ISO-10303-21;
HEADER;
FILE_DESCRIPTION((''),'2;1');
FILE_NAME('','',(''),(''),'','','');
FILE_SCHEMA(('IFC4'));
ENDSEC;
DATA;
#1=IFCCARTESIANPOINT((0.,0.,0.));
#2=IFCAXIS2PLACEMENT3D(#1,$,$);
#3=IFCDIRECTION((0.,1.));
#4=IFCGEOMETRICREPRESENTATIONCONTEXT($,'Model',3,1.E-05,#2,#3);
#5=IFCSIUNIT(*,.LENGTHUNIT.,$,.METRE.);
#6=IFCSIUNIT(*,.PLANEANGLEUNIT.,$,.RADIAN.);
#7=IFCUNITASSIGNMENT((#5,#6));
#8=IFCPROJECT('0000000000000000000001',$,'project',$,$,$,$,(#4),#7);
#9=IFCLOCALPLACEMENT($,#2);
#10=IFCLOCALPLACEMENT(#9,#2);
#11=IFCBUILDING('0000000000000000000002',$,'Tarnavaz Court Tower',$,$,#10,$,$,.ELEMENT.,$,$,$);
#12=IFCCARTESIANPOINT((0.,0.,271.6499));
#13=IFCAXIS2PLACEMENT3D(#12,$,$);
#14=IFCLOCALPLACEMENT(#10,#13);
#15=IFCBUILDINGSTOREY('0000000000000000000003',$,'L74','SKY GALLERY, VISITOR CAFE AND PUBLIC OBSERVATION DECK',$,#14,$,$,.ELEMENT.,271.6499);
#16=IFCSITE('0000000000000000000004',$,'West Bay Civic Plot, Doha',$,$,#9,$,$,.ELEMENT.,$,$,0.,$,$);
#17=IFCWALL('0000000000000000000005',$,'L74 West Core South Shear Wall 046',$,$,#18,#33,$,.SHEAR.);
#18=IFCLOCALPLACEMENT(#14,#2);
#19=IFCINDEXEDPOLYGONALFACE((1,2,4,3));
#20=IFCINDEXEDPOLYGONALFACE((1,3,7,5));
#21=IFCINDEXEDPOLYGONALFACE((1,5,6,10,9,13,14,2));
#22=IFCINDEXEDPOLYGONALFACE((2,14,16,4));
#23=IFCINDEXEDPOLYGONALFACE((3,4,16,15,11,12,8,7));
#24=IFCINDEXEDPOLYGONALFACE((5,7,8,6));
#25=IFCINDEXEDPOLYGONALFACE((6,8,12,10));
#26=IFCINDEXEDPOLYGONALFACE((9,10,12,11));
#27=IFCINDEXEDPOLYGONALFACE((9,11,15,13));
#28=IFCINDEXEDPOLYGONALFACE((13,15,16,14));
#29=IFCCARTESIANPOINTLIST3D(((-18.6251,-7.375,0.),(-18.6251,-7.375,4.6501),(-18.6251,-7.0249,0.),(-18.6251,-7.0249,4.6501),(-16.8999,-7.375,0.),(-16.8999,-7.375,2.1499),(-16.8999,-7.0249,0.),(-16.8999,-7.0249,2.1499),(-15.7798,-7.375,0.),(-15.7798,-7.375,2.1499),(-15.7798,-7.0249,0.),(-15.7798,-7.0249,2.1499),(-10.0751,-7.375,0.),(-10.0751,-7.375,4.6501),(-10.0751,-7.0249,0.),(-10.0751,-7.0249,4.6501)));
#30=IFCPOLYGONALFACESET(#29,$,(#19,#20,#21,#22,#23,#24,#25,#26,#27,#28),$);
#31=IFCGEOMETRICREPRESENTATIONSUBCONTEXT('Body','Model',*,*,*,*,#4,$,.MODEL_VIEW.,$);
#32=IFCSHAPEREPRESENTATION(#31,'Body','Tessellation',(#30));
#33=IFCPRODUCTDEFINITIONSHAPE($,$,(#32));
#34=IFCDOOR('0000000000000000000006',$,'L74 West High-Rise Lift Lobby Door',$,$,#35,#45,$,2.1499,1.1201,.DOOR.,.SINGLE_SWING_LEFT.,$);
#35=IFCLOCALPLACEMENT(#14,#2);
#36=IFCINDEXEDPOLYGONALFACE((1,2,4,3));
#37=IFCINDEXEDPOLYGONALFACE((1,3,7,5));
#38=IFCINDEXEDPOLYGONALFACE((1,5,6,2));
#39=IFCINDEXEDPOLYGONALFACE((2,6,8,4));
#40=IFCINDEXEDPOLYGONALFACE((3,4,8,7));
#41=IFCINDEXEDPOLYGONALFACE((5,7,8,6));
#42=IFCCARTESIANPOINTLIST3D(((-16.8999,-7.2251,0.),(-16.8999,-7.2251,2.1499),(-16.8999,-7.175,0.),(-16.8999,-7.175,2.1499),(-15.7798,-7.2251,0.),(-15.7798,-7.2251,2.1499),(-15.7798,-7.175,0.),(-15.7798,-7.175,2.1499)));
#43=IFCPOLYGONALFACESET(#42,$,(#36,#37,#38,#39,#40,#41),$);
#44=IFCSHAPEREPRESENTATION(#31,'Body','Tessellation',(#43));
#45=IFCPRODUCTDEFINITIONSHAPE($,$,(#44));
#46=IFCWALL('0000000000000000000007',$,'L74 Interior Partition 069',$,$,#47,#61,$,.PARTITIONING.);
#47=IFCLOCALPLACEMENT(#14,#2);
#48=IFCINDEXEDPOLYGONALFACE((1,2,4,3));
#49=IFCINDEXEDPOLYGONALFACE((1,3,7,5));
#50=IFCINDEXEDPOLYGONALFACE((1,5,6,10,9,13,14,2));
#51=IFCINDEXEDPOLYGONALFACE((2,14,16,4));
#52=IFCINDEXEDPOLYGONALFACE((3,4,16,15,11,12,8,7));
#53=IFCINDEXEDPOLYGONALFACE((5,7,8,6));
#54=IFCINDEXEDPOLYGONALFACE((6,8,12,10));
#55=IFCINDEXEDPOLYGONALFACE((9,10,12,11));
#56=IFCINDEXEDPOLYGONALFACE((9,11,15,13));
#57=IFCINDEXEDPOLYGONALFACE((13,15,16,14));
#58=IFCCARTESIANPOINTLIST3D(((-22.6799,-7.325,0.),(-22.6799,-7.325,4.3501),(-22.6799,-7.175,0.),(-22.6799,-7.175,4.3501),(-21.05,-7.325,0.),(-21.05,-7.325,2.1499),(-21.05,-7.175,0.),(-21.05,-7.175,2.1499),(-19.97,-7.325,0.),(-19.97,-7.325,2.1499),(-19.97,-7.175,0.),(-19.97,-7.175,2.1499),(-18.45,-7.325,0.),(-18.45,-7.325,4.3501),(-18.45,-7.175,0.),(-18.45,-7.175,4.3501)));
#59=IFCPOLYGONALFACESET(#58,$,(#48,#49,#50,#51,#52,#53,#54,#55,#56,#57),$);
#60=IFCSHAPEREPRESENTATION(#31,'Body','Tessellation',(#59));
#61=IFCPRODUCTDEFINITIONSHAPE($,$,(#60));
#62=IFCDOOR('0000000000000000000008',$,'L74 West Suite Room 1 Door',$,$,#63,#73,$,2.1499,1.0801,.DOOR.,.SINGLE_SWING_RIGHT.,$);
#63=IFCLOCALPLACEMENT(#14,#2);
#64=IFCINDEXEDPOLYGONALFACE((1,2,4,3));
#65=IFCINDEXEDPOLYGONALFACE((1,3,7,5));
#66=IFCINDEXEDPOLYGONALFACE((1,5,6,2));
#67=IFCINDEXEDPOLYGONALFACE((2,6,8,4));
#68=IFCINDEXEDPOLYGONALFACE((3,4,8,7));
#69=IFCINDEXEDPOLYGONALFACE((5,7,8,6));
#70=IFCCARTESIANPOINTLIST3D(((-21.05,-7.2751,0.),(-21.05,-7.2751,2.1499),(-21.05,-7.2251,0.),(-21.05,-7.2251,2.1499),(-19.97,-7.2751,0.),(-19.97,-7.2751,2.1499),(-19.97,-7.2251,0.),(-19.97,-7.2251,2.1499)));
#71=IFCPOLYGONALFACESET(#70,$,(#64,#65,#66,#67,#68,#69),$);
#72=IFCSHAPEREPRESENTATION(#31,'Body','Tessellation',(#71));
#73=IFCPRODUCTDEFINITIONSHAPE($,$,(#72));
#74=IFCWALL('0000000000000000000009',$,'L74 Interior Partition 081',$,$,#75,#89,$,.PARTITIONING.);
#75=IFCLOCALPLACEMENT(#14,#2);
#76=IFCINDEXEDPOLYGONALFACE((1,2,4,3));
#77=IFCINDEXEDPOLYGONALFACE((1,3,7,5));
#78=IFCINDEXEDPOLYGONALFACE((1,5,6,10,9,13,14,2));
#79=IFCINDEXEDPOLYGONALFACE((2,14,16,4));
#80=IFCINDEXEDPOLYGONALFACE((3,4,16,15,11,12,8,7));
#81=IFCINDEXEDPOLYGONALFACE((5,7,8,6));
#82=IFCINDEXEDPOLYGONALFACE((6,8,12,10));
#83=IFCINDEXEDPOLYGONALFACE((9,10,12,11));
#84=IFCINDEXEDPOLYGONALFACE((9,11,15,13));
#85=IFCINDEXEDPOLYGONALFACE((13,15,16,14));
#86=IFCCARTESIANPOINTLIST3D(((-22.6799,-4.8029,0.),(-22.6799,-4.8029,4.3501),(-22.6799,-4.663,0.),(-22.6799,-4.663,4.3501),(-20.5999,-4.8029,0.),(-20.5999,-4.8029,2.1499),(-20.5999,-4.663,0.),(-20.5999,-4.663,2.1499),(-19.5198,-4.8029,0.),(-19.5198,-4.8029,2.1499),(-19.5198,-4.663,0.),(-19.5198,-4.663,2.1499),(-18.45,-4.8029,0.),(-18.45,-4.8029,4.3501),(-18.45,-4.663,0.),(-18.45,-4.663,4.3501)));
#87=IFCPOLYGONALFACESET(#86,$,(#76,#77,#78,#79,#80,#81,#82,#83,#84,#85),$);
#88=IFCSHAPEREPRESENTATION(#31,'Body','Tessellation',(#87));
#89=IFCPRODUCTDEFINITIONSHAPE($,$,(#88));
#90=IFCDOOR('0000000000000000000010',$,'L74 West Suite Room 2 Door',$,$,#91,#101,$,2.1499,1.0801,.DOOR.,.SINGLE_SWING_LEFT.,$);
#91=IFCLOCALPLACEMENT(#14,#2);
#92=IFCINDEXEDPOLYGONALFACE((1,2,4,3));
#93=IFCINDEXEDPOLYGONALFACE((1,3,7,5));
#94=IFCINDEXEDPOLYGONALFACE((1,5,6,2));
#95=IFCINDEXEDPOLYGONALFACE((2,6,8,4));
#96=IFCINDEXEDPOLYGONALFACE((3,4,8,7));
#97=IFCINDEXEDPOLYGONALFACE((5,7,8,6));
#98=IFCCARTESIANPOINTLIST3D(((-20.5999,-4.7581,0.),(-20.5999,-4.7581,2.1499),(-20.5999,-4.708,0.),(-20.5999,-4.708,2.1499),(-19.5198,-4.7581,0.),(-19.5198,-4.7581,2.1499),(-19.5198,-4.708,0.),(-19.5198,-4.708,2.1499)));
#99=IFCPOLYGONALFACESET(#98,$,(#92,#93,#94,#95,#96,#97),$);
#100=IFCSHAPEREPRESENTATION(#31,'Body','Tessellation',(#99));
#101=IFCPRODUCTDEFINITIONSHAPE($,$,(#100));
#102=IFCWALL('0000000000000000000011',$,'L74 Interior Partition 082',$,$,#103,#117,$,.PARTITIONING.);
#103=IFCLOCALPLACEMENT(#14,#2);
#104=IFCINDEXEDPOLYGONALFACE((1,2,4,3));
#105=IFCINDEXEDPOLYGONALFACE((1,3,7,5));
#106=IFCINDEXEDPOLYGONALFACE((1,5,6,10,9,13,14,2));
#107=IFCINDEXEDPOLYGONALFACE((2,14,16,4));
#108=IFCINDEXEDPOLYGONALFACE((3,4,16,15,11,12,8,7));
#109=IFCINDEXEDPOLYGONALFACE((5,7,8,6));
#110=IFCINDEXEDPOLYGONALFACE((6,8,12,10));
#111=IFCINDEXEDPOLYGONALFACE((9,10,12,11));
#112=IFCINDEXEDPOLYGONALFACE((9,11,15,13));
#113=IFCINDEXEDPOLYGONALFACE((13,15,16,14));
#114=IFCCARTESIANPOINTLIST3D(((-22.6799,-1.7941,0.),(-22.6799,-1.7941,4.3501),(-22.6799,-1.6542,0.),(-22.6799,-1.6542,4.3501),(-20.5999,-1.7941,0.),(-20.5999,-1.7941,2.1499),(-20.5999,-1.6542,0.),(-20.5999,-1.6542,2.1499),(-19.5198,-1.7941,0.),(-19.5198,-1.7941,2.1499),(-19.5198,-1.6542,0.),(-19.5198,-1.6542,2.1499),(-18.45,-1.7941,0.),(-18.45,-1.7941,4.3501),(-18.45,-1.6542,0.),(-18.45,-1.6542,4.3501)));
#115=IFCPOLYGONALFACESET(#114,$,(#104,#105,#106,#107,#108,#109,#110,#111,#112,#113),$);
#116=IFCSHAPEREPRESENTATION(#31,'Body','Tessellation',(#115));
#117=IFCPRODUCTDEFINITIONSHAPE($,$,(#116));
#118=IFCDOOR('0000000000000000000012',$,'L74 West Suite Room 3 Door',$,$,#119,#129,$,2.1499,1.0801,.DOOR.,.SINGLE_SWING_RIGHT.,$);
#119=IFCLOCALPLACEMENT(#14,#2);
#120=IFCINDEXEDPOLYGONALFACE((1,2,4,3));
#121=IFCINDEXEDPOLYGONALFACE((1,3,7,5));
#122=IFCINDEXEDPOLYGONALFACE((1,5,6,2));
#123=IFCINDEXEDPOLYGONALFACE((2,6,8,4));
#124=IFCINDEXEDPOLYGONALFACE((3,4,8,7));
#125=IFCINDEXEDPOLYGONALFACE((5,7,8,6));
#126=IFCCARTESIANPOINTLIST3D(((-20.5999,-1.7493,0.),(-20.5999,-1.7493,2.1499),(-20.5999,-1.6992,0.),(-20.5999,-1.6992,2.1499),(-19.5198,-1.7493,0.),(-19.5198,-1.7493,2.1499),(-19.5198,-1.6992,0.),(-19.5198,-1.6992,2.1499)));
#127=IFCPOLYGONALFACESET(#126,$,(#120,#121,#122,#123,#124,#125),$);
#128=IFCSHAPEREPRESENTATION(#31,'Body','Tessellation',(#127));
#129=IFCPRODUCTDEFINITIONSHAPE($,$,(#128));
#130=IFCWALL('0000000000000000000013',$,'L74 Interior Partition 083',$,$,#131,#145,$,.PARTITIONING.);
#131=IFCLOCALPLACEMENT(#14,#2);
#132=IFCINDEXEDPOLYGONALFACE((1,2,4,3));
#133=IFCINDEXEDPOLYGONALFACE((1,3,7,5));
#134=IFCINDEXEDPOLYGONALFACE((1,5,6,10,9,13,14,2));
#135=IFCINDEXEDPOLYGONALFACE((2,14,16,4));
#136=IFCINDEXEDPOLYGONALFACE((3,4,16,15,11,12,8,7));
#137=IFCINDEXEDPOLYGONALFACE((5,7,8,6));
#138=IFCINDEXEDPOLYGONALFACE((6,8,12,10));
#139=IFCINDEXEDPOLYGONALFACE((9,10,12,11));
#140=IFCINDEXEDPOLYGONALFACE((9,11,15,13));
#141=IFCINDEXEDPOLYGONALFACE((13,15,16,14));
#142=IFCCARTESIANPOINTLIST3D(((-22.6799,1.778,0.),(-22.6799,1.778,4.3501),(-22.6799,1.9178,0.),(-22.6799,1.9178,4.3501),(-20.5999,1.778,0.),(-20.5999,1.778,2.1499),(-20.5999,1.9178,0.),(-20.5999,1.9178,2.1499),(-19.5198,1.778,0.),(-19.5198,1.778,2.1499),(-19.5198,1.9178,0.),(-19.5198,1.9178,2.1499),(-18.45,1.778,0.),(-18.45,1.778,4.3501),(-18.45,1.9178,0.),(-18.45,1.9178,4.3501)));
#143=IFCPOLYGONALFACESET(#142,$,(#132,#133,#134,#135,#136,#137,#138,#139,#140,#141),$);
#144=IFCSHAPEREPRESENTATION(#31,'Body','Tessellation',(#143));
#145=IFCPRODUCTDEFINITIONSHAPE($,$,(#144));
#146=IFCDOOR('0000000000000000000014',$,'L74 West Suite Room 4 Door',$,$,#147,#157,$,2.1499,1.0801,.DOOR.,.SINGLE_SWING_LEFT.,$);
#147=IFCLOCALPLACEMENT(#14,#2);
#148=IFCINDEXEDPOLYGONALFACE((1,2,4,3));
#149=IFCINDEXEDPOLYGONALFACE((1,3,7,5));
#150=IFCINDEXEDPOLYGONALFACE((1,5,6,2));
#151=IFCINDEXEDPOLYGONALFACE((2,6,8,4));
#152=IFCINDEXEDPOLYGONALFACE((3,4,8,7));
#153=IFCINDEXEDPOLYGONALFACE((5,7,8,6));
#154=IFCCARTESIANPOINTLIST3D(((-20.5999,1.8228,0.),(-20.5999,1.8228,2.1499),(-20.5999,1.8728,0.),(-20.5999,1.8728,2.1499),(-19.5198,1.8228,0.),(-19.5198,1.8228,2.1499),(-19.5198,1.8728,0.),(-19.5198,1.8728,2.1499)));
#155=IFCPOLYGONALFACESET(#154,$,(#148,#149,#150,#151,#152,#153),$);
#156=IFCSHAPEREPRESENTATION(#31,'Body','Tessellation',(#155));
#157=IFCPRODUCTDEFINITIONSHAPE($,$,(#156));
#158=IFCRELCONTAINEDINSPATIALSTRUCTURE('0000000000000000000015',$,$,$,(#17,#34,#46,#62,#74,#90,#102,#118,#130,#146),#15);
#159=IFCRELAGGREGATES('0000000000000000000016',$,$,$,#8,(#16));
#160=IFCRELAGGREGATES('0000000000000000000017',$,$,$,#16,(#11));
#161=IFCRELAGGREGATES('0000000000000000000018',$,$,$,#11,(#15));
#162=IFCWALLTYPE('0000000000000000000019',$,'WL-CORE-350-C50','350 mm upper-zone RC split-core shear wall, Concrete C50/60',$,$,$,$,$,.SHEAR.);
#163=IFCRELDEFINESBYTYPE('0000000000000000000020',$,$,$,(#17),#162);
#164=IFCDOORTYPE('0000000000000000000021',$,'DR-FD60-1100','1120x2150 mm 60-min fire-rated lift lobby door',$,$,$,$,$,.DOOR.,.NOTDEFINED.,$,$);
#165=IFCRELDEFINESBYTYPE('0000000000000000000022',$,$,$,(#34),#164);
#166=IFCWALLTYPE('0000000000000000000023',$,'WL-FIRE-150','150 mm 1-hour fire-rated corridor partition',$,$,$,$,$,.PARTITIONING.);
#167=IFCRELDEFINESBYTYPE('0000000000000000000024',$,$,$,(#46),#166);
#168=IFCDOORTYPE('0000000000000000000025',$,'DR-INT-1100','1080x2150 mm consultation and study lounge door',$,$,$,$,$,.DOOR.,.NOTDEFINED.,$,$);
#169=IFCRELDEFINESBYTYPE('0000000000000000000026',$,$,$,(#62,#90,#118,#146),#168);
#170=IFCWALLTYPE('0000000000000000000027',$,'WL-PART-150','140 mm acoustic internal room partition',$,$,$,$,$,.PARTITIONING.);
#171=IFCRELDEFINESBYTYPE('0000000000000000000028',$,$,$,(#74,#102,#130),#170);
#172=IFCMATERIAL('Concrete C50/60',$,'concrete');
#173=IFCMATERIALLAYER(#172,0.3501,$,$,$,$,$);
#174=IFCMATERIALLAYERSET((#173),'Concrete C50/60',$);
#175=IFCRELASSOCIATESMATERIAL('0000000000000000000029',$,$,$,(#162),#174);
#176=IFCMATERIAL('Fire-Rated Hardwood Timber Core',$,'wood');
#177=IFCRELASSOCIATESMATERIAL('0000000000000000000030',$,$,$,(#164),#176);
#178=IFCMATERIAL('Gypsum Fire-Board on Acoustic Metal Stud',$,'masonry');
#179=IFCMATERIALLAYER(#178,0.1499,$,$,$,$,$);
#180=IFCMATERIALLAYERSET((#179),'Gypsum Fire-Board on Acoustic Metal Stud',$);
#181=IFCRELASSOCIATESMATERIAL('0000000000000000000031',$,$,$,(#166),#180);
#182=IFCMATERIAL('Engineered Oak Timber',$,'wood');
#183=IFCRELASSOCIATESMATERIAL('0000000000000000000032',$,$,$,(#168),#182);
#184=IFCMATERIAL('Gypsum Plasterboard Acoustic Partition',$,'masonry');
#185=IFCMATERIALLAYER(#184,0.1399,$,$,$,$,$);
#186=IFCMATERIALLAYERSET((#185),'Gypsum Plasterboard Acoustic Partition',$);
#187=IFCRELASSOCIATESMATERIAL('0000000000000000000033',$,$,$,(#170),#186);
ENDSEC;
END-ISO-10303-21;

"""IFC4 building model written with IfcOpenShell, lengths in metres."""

from ifc_helpers import new_model, si_unit, direction, frame, frame_2d, origin, place, context, subcontext, project, spatial, rectangle, extrude, material, layer, layer_set, type_object, element, fill, save


model = new_model("IFC4")

# Units and contexts
model_context = context("Model", 3, precision=1e-05, world=origin(), true_north=direction((0.0, 1.0)))
body_context = subcontext(model_context, "Body", "Model", "MODEL_VIEW")
ifc_project = project(units=[si_unit("LENGTHUNIT", "METRE"), si_unit("PLANEANGLEUNIT", "RADIAN")], contexts=[model_context])

# Site, building, storey
site_placement = place(None, origin())
site = spatial("IfcSite", under=ifc_project, at=site_placement, Name="West Bay Civic Plot, Doha", CompositionType="ELEMENT", RefElevation=0.0)
building_placement = place(site_placement, origin())
building = spatial("IfcBuilding", under=site, at=building_placement, Name="Tarnavaz Court Tower", CompositionType="ELEMENT")
storey_placement = place(building_placement, frame((0.0, 0.0, 271.6499)))
storey = spatial("IfcBuildingStorey", under=building, at=storey_placement, Name="L74", Description="SKY GALLERY, VISITOR CAFE AND PUBLIC OBSERVATION DECK", CompositionType="ELEMENT", Elevation=271.6499)

# Shared definitions
ifc_material_1 = material(Name="Concrete C50/60", Category="concrete")

# Shared definitions
ifc_layer_1 = layer(ifc_material_1, 0.3501)
ifc_layer_set_1 = layer_set([ifc_layer_1], Name="Concrete C50/60")
wall_type_1 = type_object("IfcWallType", Name="WL-CORE-350-C50", Description="350 mm upper-zone RC split-core shear wall, Concrete C50/60", PredefinedType="SHEAR", material=ifc_layer_set_1)

# Walls, openings, doors
wall_1_placement = place(storey_placement, frame((-18.625, -7.2, 0.0), z_axis=(0.0, 0.0, 1.0), x_axis=(1.0, 0.0, 0.0)))
wall_1 = element("IfcWall", 1, at=wall_1_placement, inside=storey, type_object=wall_type_1, Name="L74 West Core South Shear Wall 046", PredefinedType="SHEAR", context=body_context, shape_type="SweptSolid", body=[
    extrude(rectangle(XDim=8.55, YDim=0.3501, at=frame_2d((4.2749, 0.0))), origin(), (0.0, 0.0, 1.0), 4.6501),
])
opening_1_placement = place(wall_1_placement, frame((1.7251, 0.0, 0.0)))
opening_1 = element("IfcOpeningElement", 2, at=opening_1_placement, cuts=wall_1, PredefinedType="OPENING", context=body_context, shape_type="SweptSolid", body=[
    extrude(rectangle(XDim=1.1201, YDim=2.1499, at=frame_2d((0.5601, 1.075))), frame((0.0, 0.1851, 0.0), z_axis=(0.0, -1.0, 0.0), x_axis=(1.0, 0.0, 0.0)), (0.0, 0.0, 1.0), 0.3701),
])
ifc_material_2 = material(Name="Fire-Rated Hardwood Timber Core", Category="wood")
door_type_1 = type_object("IfcDoorType", Name="DR-FD60-1100", Description="1120x2150 mm 60-min fire-rated lift lobby door", OperationType="NOTDEFINED", PredefinedType="DOOR", material=ifc_material_2)
door_1_placement = place(opening_1_placement, origin())
door_1 = element("IfcDoor", 3, at=door_1_placement, inside=storey, type_object=door_type_1, Name="L74 West High-Rise Lift Lobby Door", OperationType="SINGLE_SWING_LEFT", OverallHeight=2.1499, OverallWidth=1.1201, PredefinedType="DOOR", context=body_context, shape_type="SweptSolid", body=[
    extrude(rectangle(XDim=1.1201, YDim=2.1499, at=frame_2d((0.5601, 1.075))), frame((0.0, 0.0249, 0.0), z_axis=(0.0, -1.0, 0.0), x_axis=(1.0, 0.0, 0.0)), (0.0, 0.0, 1.0), 0.05),
])
fill(opening_1, door_1)
ifc_material_3 = material(Name="Gypsum Fire-Board on Acoustic Metal Stud", Category="masonry")
ifc_layer_2 = layer(ifc_material_3, 0.1499)
ifc_layer_set_2 = layer_set([ifc_layer_2], Name="Gypsum Fire-Board on Acoustic Metal Stud")
wall_type_2 = type_object("IfcWallType", Name="WL-FIRE-150", Description="150 mm 1-hour fire-rated corridor partition", PredefinedType="PARTITIONING", material=ifc_layer_set_2)
wall_2_placement = place(storey_placement, frame((-22.6799, -7.25, 0.0), z_axis=(0.0, 0.0, 1.0), x_axis=(1.0, 0.0, 0.0)))
wall_2 = element("IfcWall", 4, at=wall_2_placement, inside=storey, type_object=wall_type_2, Name="L74 Interior Partition 069", PredefinedType="PARTITIONING", context=body_context, shape_type="SweptSolid", body=[
    extrude(rectangle(XDim=4.23, YDim=0.1499, at=frame_2d((2.115, 0.0))), origin(), (0.0, 0.0, 1.0), 4.3501),
])
opening_2_placement = place(wall_2_placement, frame((1.6299, 0.0, 0.0)))
opening_2 = element("IfcOpeningElement", 5, at=opening_2_placement, cuts=wall_2, PredefinedType="OPENING", context=body_context, shape_type="SweptSolid", body=[
    extrude(rectangle(XDim=1.0801, YDim=2.1499, at=frame_2d((0.54, 1.075))), frame((0.0, 0.085, 0.0), z_axis=(0.0, -1.0, 0.0), x_axis=(1.0, 0.0, 0.0)), (0.0, 0.0, 1.0), 0.1699),
])
ifc_material_4 = material(Name="Engineered Oak Timber", Category="wood")
door_type_2 = type_object("IfcDoorType", Name="DR-INT-1100", Description="1080x2150 mm consultation and study lounge door", OperationType="NOTDEFINED", PredefinedType="DOOR", material=ifc_material_4)
door_2_placement = place(opening_2_placement, origin())
door_2 = element("IfcDoor", 6, at=door_2_placement, inside=storey, type_object=door_type_2, Name="L74 West Suite Room 1 Door", OperationType="SINGLE_SWING_RIGHT", OverallHeight=2.1499, OverallWidth=1.0801, PredefinedType="DOOR", context=body_context, shape_type="SweptSolid", body=[
    extrude(rectangle(XDim=1.0801, YDim=2.1499, at=frame_2d((0.54, 1.075))), frame((0.0, 0.0249, 0.0), z_axis=(0.0, -1.0, 0.0), x_axis=(1.0, 0.0, 0.0)), (0.0, 0.0, 1.0), 0.05),
])
fill(opening_2, door_2)
ifc_material_5 = material(Name="Gypsum Plasterboard Acoustic Partition", Category="masonry")
ifc_layer_3 = layer(ifc_material_5, 0.1399)
ifc_layer_set_3 = layer_set([ifc_layer_3], Name="Gypsum Plasterboard Acoustic Partition")
wall_type_3 = type_object("IfcWallType", Name="WL-PART-150", Description="140 mm acoustic internal room partition", PredefinedType="PARTITIONING", material=ifc_layer_set_3)
wall_3_placement = place(storey_placement, frame((-22.6799, -4.7329, 0.0), z_axis=(0.0, 0.0, 1.0), x_axis=(1.0, 0.0, 0.0)))
wall_3 = element("IfcWall", 7, at=wall_3_placement, inside=storey, type_object=wall_type_3, Name="L74 Interior Partition 081", PredefinedType="PARTITIONING", context=body_context, shape_type="SweptSolid", body=[
    extrude(rectangle(XDim=4.23, YDim=0.1399, at=frame_2d((2.115, 0.0))), origin(), (0.0, 0.0, 1.0), 4.3501),
])
opening_3_placement = place(wall_3_placement, frame((2.0801, 0.0, 0.0)))
opening_3 = element("IfcOpeningElement", 8, at=opening_3_placement, cuts=wall_3, PredefinedType="OPENING", context=body_context, shape_type="SweptSolid", body=[
    extrude(rectangle(XDim=1.0801, YDim=2.1499, at=frame_2d((0.54, 1.075))), frame((0.0, 0.0798, 0.0), z_axis=(0.0, -1.0, 0.0), x_axis=(1.0, 0.0, 0.0)), (0.0, 0.0, 1.0), 0.1599),
])
door_3_placement = place(opening_3_placement, origin())
door_3 = element("IfcDoor", 9, at=door_3_placement, inside=storey, type_object=door_type_2, Name="L74 West Suite Room 2 Door", OperationType="SINGLE_SWING_LEFT", OverallHeight=2.1499, OverallWidth=1.0801, PredefinedType="DOOR", context=body_context, shape_type="SweptSolid", body=[
    extrude(rectangle(XDim=1.0801, YDim=2.1499, at=frame_2d((0.54, 1.075))), frame((0.0, 0.0249, 0.0), z_axis=(0.0, -1.0, 0.0), x_axis=(1.0, 0.0, 0.0)), (0.0, 0.0, 1.0), 0.05),
])
fill(opening_3, door_3)
wall_4_placement = place(storey_placement, frame((-22.6799, -1.7241, 0.0), z_axis=(0.0, 0.0, 1.0), x_axis=(1.0, 0.0, 0.0)))
wall_4 = element("IfcWall", 10, at=wall_4_placement, inside=storey, type_object=wall_type_3, Name="L74 Interior Partition 082", PredefinedType="PARTITIONING", context=body_context, shape_type="SweptSolid", body=[
    extrude(rectangle(XDim=4.23, YDim=0.1399, at=frame_2d((2.115, 0.0))), origin(), (0.0, 0.0, 1.0), 4.3501),
])
opening_4_placement = place(wall_4_placement, frame((2.0801, 0.0, 0.0)))
opening_4 = element("IfcOpeningElement", 11, at=opening_4_placement, cuts=wall_4, PredefinedType="OPENING", context=body_context, shape_type="SweptSolid", body=[
    extrude(rectangle(XDim=1.0801, YDim=2.1499, at=frame_2d((0.54, 1.075))), frame((0.0, 0.0798, 0.0), z_axis=(0.0, -1.0, 0.0), x_axis=(1.0, 0.0, 0.0)), (0.0, 0.0, 1.0), 0.1599),
])
door_4_placement = place(opening_4_placement, origin())
door_4 = element("IfcDoor", 12, at=door_4_placement, inside=storey, type_object=door_type_2, Name="L74 West Suite Room 3 Door", OperationType="SINGLE_SWING_RIGHT", OverallHeight=2.1499, OverallWidth=1.0801, PredefinedType="DOOR", context=body_context, shape_type="SweptSolid", body=[
    extrude(rectangle(XDim=1.0801, YDim=2.1499, at=frame_2d((0.54, 1.075))), frame((0.0, 0.0249, 0.0), z_axis=(0.0, -1.0, 0.0), x_axis=(1.0, 0.0, 0.0)), (0.0, 0.0, 1.0), 0.05),
])
fill(opening_4, door_4)
wall_5_placement = place(storey_placement, frame((-22.6799, 1.8479, 0.0), z_axis=(0.0, 0.0, 1.0), x_axis=(1.0, 0.0, 0.0)))
wall_5 = element("IfcWall", 13, at=wall_5_placement, inside=storey, type_object=wall_type_3, Name="L74 Interior Partition 083", PredefinedType="PARTITIONING", context=body_context, shape_type="SweptSolid", body=[
    extrude(rectangle(XDim=4.23, YDim=0.1399, at=frame_2d((2.115, 0.0))), origin(), (0.0, 0.0, 1.0), 4.3501),
])
opening_5_placement = place(wall_5_placement, frame((2.0801, 0.0, 0.0)))
opening_5 = element("IfcOpeningElement", 14, at=opening_5_placement, cuts=wall_5, PredefinedType="OPENING", context=body_context, shape_type="SweptSolid", body=[
    extrude(rectangle(XDim=1.0801, YDim=2.1499, at=frame_2d((0.54, 1.075))), frame((0.0, 0.0798, 0.0), z_axis=(0.0, -1.0, 0.0), x_axis=(1.0, 0.0, 0.0)), (0.0, 0.0, 1.0), 0.1599),
])
door_5_placement = place(opening_5_placement, origin())
door_5 = element("IfcDoor", 15, at=door_5_placement, inside=storey, type_object=door_type_2, Name="L74 West Suite Room 4 Door", OperationType="SINGLE_SWING_LEFT", OverallHeight=2.1499, OverallWidth=1.0801, PredefinedType="DOOR", context=body_context, shape_type="SweptSolid", body=[
    extrude(rectangle(XDim=1.0801, YDim=2.1499, at=frame_2d((0.54, 1.075))), frame((0.0, 0.0249, 0.0), z_axis=(0.0, -1.0, 0.0), x_axis=(1.0, 0.0, 0.0)), (0.0, 0.0, 1.0), 0.05),
])
fill(opening_5, door_5)

save(model, "model.ifc")
